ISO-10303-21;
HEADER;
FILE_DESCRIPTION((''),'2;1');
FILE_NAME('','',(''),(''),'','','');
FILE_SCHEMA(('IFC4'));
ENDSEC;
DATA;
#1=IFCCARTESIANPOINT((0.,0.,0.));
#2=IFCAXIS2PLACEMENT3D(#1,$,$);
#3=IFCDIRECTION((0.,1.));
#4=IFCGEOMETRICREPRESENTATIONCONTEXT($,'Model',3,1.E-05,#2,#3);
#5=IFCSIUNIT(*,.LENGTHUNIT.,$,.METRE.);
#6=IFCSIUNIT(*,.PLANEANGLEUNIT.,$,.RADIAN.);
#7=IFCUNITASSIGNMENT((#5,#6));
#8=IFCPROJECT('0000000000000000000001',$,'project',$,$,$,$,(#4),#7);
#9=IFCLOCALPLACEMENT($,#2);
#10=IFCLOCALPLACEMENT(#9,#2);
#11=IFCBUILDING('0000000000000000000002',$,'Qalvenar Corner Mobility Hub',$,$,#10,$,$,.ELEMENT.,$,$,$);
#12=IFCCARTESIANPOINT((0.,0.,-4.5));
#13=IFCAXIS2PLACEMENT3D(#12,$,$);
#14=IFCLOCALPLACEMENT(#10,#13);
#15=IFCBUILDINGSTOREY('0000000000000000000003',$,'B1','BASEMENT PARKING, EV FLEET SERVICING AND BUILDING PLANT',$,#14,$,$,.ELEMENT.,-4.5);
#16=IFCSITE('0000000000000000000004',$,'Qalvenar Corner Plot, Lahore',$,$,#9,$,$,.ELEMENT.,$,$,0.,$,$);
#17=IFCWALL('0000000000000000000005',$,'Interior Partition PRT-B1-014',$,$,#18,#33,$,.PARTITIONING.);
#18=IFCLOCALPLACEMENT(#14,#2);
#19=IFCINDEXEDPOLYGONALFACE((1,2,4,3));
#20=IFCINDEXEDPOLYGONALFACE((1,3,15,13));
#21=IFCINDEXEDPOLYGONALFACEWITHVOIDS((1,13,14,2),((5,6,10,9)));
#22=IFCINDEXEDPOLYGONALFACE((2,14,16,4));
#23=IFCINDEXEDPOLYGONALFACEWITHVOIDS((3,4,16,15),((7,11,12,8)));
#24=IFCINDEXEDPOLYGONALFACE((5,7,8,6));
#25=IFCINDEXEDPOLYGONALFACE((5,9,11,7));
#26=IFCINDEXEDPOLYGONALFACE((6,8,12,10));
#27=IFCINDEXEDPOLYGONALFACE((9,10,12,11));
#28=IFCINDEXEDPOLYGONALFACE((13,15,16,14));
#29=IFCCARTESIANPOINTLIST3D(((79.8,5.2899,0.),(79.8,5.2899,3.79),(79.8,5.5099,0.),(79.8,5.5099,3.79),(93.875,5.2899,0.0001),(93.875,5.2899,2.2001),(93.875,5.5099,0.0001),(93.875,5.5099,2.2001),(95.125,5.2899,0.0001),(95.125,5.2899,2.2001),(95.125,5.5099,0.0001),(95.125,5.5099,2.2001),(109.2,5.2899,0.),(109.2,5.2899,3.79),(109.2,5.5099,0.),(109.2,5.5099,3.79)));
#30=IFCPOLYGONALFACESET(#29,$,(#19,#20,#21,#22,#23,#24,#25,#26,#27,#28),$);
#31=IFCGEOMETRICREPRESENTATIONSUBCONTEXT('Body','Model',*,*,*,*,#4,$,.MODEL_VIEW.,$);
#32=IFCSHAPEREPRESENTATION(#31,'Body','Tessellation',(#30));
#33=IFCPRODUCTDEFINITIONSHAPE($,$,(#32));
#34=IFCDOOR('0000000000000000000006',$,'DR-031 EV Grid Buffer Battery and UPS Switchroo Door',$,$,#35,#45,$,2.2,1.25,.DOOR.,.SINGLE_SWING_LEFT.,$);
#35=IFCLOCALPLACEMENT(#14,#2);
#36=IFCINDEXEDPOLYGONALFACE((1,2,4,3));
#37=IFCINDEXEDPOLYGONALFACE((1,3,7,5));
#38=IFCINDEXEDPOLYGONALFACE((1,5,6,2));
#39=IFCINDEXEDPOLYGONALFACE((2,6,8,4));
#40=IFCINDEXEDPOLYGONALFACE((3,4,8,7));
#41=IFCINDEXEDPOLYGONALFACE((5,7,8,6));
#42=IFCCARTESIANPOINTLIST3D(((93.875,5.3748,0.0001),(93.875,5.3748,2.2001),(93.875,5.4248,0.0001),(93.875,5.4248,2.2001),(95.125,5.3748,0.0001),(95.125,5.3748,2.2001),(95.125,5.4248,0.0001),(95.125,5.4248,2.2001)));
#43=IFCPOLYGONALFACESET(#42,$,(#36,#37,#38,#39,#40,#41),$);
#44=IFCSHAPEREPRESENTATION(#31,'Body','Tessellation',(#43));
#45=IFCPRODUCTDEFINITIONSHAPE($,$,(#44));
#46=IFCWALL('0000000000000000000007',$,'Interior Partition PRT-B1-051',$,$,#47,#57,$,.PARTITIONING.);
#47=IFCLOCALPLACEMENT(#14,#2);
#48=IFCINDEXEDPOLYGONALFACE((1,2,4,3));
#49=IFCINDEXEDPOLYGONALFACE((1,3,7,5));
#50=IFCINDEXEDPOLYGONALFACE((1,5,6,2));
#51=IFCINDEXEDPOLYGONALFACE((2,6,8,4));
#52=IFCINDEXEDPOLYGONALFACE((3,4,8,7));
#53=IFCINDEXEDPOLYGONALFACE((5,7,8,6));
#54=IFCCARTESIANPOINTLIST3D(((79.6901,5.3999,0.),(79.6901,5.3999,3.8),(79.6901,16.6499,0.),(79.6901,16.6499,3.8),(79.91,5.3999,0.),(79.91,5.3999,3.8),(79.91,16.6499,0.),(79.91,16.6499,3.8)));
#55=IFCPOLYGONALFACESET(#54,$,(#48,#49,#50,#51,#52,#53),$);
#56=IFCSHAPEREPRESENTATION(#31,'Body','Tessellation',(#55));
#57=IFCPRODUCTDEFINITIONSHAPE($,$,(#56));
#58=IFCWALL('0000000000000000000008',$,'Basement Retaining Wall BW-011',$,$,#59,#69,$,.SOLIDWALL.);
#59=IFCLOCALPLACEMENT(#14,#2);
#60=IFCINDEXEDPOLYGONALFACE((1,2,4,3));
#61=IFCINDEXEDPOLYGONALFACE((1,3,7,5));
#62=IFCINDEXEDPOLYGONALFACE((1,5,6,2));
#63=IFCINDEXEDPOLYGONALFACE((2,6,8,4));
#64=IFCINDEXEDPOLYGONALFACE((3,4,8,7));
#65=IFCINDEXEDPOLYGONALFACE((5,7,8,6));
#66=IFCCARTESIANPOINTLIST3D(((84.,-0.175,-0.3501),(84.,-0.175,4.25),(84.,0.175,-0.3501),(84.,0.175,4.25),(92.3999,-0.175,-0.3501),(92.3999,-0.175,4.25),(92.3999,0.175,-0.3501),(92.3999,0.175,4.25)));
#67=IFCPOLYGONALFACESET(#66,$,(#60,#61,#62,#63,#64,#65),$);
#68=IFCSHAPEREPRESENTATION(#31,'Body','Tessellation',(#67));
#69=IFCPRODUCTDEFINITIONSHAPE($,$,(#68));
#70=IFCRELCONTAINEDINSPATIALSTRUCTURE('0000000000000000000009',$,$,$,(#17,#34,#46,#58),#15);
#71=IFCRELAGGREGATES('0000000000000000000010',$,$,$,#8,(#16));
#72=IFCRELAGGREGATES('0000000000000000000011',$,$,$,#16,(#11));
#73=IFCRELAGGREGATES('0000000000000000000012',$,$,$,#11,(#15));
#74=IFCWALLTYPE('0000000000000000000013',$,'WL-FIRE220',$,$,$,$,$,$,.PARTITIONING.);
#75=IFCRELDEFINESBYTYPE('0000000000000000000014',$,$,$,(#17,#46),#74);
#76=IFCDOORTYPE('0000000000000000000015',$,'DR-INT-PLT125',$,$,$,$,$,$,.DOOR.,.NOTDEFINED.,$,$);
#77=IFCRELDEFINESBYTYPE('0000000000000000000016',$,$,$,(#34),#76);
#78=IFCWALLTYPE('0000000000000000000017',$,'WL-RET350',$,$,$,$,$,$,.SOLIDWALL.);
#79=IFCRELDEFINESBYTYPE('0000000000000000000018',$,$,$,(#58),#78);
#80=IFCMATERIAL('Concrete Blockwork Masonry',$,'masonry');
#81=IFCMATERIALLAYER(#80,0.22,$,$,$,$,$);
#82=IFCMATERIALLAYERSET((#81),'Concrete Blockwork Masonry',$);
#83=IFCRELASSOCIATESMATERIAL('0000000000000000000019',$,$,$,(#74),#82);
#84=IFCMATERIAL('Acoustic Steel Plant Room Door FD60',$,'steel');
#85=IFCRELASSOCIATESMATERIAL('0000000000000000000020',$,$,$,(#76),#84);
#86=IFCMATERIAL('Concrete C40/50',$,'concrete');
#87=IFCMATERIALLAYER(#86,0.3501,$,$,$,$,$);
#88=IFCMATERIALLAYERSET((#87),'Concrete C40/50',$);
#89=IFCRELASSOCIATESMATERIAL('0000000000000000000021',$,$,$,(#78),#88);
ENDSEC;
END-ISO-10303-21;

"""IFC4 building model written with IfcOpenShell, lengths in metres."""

from ifc_helpers import new_model, si_unit, direction, frame, frame_2d, origin, place, context, subcontext, project, spatial, rectangle, extrude, material, layer, layer_set, type_object, element, fill, save


model = new_model("IFC4")

# Units and contexts
model_context = context("Model", 3, precision=1e-05, world=origin(), true_north=direction((0.0, 1.0)))
body_context = subcontext(model_context, "Body", "Model", "MODEL_VIEW")
ifc_project = project(units=[si_unit("LENGTHUNIT", "METRE"), si_unit("PLANEANGLEUNIT", "RADIAN")], contexts=[model_context])

# Site, building, storey
site_placement = place(None, origin())
site = spatial("IfcSite", under=ifc_project, at=site_placement, Name="Qalvenar Corner Plot, Lahore", CompositionType="ELEMENT", RefElevation=0.0)
building_placement = place(site_placement, origin())
building = spatial("IfcBuilding", under=site, at=building_placement, Name="Qalvenar Corner Mobility Hub", CompositionType="ELEMENT")
storey_placement = place(building_placement, frame((0.0, 0.0, -4.5)))
storey = spatial("IfcBuildingStorey", under=building, at=storey_placement, Name="B1", Description="BASEMENT PARKING, EV FLEET SERVICING AND BUILDING PLANT", CompositionType="ELEMENT", Elevation=-4.5)

# Shared definitions
ifc_material_1 = material(Name="Concrete C40/50", Category="concrete")

# Wall, opening, door
ifc_material_2 = material(Name="Concrete Blockwork Masonry", Category="masonry")
ifc_layer_1 = layer(ifc_material_2, 0.22)
ifc_layer_set_1 = layer_set([ifc_layer_1], Name="Concrete Blockwork Masonry")
wall_type_1 = type_object("IfcWallType", Name="WL-FIRE220", PredefinedType="PARTITIONING", material=ifc_layer_set_1)
wall_1_placement = place(storey_placement, frame((79.8, 5.3999, 0.0), z_axis=(0.0, 0.0, 1.0), x_axis=(1.0, 0.0, 0.0)))
wall_1 = element("IfcWall", 1, at=wall_1_placement, inside=storey, type_object=wall_type_1, Name="Interior Partition PRT-B1-014", PredefinedType="PARTITIONING", context=body_context, shape_type="SweptSolid", body=[
    extrude(rectangle(XDim=29.3999, YDim=0.22, at=frame_2d((14.7, 0.0))), origin(), (0.0, 0.0, 1.0), 3.79),
])
opening_placement = place(wall_1_placement, frame((14.075, 0.0, 0.0)))
opening = element("IfcOpeningElement", 2, at=opening_placement, cuts=wall_1, PredefinedType="OPENING", context=body_context, shape_type="SweptSolid", body=[
    extrude(rectangle(XDim=1.25, YDim=2.2, at=frame_2d((0.625, 1.1001))), frame((0.0, 0.1201, 0.0), z_axis=(0.0, -1.0, 0.0), x_axis=(1.0, 0.0, 0.0)), (0.0, 0.0, 1.0), 0.24),
])
ifc_material_3 = material(Name="Acoustic Steel Plant Room Door FD60", Category="steel")
door_type = type_object("IfcDoorType", Name="DR-INT-PLT125", OperationType="NOTDEFINED", PredefinedType="DOOR", material=ifc_material_3)
door_placement = place(opening_placement, origin())
door = element("IfcDoor", 3, at=door_placement, inside=storey, type_object=door_type, Name="DR-031 EV Grid Buffer Battery and UPS Switchroo Door", OperationType="SINGLE_SWING_LEFT", OverallHeight=2.2, OverallWidth=1.25, PredefinedType="DOOR", context=body_context, shape_type="SweptSolid", body=[
    extrude(rectangle(XDim=1.25, YDim=2.2, at=frame_2d((0.625, 1.1001))), frame((0.0, 0.0249, 0.0), z_axis=(0.0, -1.0, 0.0), x_axis=(1.0, 0.0, 0.0)), (0.0, 0.0, 1.0), 0.05),
])
fill(opening, door)

# Walls
wall_2_placement = place(storey_placement, frame((79.8, 5.3999, 0.0), z_axis=(0.0, 0.0, 1.0), x_axis=(0.0, 1.0, 0.0)))
element("IfcWall", 4, at=wall_2_placement, inside=storey, type_object=wall_type_1, Name="Interior Partition PRT-B1-051", PredefinedType="PARTITIONING", context=body_context, shape_type="SweptSolid", body=[
    extrude(rectangle(XDim=11.25, YDim=0.22, at=frame_2d((5.625, 0.0))), origin(), (0.0, 0.0, 1.0), 3.8),
])
ifc_layer_2 = layer(ifc_material_1, 0.3501)
ifc_layer_set_2 = layer_set([ifc_layer_2], Name="Concrete C40/50")
wall_type_2 = type_object("IfcWallType", Name="WL-RET350", PredefinedType="SOLIDWALL", material=ifc_layer_set_2)
wall_3_placement = place(storey_placement, frame((84.0, 0.0, -0.3501), z_axis=(0.0, 0.0, 1.0), x_axis=(1.0, 0.0, 0.0)))
element("IfcWall", 5, at=wall_3_placement, inside=storey, type_object=wall_type_2, Name="Basement Retaining Wall BW-011", PredefinedType="SOLIDWALL", context=body_context, shape_type="SweptSolid", body=[
    extrude(rectangle(XDim=8.3999, YDim=0.3501, at=frame_2d((4.2, 0.0))), origin(), (0.0, 0.0, 1.0), 4.6001),
])

save(model, "model.ifc")
